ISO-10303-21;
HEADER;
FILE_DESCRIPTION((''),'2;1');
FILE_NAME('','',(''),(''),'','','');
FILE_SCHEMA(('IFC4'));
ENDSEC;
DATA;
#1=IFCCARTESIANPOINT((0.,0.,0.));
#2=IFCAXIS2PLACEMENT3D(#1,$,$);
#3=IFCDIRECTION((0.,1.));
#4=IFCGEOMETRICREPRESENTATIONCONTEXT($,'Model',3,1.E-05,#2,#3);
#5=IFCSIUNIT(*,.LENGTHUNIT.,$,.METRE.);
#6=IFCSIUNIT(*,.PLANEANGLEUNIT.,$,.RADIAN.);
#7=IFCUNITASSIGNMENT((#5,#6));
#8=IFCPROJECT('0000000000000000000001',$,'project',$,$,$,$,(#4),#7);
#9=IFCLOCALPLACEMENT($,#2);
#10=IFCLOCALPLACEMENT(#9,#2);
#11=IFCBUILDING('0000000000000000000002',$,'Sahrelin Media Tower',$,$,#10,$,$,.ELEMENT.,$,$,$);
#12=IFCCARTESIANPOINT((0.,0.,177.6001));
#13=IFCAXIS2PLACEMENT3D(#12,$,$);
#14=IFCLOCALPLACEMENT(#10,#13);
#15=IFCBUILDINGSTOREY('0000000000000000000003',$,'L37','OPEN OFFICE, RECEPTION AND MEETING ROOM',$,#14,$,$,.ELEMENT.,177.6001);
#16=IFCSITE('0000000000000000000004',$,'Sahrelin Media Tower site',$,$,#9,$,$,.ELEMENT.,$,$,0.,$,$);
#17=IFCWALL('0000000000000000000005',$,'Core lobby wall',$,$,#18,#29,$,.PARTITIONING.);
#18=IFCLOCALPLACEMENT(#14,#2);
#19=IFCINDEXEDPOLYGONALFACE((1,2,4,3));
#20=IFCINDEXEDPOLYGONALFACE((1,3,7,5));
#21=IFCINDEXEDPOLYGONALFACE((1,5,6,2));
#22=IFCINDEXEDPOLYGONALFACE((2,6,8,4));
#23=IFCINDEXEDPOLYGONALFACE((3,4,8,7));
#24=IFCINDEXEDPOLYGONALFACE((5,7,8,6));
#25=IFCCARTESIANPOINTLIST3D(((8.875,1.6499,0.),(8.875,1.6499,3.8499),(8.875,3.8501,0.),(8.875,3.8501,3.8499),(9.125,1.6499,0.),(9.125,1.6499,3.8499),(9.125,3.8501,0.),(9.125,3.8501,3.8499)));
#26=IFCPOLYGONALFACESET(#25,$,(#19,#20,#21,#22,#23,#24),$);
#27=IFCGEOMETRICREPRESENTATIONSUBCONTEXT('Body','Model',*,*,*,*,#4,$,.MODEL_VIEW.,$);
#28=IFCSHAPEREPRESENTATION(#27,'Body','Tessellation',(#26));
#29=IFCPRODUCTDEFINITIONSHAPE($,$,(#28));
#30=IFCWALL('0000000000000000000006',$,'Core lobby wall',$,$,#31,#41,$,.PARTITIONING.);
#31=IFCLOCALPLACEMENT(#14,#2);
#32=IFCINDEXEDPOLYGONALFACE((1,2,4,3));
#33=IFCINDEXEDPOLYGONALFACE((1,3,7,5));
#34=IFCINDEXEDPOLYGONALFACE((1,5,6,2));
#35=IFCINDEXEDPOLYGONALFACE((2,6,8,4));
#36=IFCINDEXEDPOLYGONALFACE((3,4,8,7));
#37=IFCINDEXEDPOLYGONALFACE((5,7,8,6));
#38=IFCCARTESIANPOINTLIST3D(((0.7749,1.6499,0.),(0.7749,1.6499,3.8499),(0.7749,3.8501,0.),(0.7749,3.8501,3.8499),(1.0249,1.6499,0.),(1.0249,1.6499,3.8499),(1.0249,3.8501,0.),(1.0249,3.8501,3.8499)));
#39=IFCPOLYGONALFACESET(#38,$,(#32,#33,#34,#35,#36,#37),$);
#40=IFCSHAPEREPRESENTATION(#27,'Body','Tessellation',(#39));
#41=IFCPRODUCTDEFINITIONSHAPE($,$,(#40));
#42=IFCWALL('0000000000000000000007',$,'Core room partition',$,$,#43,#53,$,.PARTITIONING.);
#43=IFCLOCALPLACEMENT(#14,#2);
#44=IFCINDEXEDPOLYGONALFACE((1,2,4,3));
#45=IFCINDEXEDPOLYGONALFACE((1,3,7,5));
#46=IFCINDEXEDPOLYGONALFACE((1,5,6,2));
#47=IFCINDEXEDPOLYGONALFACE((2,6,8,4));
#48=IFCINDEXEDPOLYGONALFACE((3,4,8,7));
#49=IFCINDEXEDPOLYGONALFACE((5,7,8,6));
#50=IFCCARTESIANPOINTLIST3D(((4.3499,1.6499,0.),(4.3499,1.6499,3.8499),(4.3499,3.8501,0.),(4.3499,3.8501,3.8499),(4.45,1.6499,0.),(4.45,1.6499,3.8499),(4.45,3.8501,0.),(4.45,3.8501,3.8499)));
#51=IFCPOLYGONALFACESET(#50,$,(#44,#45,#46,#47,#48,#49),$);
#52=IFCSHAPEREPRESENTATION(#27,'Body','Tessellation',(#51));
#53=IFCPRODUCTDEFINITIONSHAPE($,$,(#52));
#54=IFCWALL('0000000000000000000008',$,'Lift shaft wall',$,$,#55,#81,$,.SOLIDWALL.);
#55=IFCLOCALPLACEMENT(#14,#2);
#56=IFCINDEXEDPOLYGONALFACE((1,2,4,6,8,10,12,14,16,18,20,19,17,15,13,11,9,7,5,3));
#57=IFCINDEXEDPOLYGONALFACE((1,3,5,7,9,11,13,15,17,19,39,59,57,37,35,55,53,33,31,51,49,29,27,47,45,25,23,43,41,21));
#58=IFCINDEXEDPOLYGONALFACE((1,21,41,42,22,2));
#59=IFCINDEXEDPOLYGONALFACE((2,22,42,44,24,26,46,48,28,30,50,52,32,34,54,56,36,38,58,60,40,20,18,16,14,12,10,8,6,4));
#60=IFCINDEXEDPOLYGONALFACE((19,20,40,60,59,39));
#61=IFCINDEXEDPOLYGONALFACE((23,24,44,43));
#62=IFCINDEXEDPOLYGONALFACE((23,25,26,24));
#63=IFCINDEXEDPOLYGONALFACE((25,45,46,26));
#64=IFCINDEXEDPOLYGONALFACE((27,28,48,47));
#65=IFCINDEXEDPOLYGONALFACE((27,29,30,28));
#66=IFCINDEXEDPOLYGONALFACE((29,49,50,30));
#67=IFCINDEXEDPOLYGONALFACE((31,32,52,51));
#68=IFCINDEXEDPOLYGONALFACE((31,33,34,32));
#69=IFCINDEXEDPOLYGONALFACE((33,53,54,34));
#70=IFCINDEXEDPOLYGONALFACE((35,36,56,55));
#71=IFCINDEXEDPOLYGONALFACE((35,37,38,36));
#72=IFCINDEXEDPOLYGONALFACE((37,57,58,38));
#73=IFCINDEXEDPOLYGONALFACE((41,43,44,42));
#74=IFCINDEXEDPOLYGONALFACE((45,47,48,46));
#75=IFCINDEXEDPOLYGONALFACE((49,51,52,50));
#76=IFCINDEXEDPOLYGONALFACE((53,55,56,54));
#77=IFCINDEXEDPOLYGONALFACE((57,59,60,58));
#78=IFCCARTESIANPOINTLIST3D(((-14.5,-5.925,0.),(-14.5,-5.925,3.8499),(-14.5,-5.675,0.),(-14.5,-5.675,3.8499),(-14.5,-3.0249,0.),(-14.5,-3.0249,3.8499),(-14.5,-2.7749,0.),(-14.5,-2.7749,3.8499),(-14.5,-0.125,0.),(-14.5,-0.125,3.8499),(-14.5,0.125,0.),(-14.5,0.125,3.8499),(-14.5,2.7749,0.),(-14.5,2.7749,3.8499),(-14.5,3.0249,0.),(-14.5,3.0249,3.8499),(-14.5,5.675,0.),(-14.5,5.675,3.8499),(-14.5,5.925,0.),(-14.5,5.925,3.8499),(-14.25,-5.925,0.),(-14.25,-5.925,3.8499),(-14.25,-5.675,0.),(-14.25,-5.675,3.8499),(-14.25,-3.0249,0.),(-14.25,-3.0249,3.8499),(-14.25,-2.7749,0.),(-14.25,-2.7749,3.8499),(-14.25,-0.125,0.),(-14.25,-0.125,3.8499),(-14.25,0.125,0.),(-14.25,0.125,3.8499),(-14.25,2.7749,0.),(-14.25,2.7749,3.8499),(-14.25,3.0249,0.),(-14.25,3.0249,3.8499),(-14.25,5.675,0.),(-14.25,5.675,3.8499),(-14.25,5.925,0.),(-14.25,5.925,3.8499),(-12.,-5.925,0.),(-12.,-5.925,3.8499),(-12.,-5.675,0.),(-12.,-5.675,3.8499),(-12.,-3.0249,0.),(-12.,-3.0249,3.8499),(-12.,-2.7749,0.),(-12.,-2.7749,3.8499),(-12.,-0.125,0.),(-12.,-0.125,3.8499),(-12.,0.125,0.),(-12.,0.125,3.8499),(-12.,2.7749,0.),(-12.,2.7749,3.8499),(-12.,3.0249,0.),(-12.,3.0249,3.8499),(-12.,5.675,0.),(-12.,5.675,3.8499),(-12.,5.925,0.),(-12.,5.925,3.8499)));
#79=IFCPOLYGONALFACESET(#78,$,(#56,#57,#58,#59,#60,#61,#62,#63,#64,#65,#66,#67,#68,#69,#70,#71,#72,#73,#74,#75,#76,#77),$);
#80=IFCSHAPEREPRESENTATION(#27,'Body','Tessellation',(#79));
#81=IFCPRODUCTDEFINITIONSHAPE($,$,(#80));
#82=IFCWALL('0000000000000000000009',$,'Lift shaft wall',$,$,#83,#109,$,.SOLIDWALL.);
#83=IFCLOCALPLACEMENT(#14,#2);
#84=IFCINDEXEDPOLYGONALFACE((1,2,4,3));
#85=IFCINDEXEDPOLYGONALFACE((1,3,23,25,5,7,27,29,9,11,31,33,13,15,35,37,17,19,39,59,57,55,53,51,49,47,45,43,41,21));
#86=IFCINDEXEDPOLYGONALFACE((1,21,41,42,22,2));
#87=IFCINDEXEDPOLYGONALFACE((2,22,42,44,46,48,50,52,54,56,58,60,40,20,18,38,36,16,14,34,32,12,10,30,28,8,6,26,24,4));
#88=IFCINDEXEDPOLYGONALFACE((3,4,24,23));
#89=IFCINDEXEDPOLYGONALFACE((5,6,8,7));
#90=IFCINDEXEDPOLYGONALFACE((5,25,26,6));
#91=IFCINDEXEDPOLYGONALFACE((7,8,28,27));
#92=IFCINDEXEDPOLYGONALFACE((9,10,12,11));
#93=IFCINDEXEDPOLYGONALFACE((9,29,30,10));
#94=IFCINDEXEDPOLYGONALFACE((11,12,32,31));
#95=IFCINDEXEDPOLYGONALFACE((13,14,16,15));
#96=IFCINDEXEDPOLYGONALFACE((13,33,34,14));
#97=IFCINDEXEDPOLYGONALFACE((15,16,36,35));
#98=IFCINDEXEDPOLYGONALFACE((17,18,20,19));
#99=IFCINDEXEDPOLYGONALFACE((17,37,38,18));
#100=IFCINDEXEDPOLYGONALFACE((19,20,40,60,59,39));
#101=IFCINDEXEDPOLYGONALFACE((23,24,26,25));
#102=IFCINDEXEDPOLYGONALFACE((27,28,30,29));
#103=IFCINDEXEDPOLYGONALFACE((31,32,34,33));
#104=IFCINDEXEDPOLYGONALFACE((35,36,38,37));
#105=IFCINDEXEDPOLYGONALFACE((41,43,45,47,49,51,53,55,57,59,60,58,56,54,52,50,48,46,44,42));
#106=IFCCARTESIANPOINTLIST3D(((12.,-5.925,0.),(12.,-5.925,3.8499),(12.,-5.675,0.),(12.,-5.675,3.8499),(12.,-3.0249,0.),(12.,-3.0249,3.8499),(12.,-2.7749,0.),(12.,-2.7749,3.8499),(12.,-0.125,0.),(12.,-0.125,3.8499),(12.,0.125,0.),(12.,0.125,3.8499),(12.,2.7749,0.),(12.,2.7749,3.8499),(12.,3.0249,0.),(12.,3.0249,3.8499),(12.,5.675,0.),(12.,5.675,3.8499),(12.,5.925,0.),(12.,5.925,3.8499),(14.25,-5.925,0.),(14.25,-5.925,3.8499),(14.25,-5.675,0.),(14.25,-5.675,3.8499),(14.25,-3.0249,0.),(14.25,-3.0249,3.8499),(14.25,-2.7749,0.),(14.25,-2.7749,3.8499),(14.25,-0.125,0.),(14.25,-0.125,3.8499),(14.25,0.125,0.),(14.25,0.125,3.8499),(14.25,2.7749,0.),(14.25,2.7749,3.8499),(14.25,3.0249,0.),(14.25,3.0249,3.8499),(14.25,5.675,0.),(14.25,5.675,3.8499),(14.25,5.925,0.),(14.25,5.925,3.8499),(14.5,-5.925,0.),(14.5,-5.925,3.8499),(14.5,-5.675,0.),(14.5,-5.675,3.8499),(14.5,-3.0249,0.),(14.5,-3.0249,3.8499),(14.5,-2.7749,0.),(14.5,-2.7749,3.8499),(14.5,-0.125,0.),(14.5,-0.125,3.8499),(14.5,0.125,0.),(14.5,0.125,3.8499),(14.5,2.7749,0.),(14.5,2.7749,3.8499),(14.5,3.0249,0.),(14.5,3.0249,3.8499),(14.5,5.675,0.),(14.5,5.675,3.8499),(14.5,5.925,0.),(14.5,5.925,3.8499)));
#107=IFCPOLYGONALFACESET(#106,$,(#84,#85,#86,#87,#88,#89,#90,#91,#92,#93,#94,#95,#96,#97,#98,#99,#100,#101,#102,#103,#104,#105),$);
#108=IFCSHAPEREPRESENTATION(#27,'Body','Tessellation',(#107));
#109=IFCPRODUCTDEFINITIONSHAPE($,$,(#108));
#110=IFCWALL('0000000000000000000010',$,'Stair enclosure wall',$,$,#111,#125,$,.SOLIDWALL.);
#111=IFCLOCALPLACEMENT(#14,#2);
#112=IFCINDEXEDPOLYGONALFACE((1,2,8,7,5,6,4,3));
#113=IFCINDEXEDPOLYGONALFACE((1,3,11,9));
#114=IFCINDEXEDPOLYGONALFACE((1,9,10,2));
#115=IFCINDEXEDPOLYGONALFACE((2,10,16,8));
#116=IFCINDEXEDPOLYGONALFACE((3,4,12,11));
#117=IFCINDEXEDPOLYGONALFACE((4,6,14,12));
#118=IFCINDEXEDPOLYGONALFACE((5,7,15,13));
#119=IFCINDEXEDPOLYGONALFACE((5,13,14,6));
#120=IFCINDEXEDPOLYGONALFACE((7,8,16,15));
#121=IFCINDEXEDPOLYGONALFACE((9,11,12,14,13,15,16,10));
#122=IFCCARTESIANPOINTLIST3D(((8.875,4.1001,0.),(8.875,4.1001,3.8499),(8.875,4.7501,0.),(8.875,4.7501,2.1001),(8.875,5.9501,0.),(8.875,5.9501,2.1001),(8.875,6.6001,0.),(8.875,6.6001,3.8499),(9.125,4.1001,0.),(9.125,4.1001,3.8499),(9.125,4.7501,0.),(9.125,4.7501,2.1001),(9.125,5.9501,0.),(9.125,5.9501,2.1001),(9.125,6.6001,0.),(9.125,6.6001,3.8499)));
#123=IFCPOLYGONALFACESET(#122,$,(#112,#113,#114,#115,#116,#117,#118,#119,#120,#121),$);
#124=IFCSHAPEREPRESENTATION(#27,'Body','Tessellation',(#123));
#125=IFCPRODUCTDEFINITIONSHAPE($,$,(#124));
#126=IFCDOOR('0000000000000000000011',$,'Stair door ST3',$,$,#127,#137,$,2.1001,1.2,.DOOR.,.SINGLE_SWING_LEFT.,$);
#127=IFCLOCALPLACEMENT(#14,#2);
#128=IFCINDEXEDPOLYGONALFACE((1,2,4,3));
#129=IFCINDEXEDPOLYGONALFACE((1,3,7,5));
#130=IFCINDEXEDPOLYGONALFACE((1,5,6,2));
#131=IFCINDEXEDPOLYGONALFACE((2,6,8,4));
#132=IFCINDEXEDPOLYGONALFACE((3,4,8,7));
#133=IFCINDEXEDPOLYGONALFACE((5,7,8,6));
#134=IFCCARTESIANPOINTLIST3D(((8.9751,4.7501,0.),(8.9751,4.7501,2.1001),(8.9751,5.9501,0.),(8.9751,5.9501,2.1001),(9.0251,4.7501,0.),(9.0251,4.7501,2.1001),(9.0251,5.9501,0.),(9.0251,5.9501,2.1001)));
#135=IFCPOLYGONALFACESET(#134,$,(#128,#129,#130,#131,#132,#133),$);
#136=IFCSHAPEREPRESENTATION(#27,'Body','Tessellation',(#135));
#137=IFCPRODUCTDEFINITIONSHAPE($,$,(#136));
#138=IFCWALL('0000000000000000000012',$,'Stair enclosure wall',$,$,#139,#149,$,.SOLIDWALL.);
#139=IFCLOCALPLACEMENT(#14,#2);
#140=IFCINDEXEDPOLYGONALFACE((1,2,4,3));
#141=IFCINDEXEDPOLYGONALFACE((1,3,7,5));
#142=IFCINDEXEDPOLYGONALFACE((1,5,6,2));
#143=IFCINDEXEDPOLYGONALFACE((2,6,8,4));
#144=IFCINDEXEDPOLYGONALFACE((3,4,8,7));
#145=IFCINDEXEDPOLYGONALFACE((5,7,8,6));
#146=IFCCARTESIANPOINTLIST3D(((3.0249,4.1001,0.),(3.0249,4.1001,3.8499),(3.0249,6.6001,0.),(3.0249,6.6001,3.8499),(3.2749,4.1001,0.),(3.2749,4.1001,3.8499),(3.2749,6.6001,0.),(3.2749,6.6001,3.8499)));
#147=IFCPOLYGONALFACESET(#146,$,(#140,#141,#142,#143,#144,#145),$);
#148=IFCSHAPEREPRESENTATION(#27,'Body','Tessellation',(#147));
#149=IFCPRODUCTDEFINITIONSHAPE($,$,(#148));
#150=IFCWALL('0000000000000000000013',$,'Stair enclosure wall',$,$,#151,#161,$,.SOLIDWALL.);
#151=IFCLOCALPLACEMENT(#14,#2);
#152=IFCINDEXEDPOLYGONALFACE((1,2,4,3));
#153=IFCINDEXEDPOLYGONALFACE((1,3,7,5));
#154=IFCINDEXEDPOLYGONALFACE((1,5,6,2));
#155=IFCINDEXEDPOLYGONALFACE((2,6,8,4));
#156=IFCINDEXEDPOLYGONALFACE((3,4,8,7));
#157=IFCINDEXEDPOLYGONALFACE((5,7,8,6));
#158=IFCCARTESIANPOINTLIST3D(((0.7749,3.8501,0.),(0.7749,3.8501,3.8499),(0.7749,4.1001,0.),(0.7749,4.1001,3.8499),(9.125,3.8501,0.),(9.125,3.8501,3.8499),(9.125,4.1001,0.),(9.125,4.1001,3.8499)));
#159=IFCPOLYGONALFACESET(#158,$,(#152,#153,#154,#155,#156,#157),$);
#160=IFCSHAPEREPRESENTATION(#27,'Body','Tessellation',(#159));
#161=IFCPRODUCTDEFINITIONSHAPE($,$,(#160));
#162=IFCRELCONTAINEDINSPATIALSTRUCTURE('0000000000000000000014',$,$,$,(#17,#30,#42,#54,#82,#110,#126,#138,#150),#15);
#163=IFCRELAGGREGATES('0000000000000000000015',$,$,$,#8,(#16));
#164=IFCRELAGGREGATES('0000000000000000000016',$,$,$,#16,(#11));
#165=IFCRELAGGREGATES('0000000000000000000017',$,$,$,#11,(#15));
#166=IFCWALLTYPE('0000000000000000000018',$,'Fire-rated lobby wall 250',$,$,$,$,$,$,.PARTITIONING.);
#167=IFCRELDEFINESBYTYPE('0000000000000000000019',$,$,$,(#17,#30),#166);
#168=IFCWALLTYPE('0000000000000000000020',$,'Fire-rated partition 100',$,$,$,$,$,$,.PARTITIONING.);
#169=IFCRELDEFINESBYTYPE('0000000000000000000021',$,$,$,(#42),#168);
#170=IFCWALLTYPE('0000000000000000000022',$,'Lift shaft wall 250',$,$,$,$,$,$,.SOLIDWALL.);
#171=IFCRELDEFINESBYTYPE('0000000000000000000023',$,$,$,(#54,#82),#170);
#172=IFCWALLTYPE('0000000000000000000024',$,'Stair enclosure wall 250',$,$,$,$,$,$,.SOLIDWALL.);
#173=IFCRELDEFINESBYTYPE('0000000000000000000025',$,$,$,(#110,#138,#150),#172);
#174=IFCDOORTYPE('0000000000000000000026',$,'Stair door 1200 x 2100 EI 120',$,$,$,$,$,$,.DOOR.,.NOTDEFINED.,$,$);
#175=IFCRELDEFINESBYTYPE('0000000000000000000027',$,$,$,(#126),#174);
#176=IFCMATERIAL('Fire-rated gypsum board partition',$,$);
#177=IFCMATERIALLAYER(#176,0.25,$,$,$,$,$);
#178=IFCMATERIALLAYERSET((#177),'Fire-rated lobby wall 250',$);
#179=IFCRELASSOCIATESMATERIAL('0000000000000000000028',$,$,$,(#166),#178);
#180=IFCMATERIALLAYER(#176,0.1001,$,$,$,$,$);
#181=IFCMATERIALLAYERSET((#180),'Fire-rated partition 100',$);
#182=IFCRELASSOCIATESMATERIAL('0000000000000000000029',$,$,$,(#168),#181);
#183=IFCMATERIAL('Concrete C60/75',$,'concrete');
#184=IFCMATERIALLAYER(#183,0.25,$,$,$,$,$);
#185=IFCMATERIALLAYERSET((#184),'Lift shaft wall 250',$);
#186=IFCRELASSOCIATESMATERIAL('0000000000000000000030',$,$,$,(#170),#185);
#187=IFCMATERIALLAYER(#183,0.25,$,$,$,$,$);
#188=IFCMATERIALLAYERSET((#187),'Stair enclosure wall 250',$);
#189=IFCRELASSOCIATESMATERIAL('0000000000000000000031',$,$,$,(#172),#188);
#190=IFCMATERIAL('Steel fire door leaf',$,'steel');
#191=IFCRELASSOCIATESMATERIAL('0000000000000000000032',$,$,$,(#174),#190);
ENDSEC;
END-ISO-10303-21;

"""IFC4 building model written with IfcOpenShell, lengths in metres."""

from ifc_helpers import new_model, si_unit, direction, frame, frame_2d, origin, place, context, subcontext, project, spatial, polyline, rectangle, outline, extrude, material, layer, layer_set, type_object, element, fill, save


model = new_model("IFC4")

# Units and contexts
model_context = context("Model", 3, precision=1e-05, world=origin(), true_north=direction((0.0, 1.0)))
body_context = subcontext(model_context, "Body", "Model", "MODEL_VIEW")
ifc_project = project(units=[si_unit("LENGTHUNIT", "METRE"), si_unit("PLANEANGLEUNIT", "RADIAN")], contexts=[model_context])

# Site, building, storey
site_placement = place(None, origin())
site = spatial("IfcSite", under=ifc_project, at=site_placement, Name="Sahrelin Media Tower site", CompositionType="ELEMENT", RefElevation=0.0)
building_placement = place(site_placement, origin())
building = spatial("IfcBuilding", under=site, at=building_placement, Name="Sahrelin Media Tower", CompositionType="ELEMENT")
storey_placement = place(building_placement, frame((0.0, 0.0, 177.6001)))
storey = spatial("IfcBuildingStorey", under=building, at=storey_placement, Name="L37", Description="OPEN OFFICE, RECEPTION AND MEETING ROOM", CompositionType="ELEMENT", Elevation=177.6001)

# Shared definitions
ifc_material_1 = material(Name="Fire-rated gypsum board partition")
ifc_layer_1 = layer(ifc_material_1, 0.25)
ifc_layer_set_1 = layer_set([ifc_layer_1], Name="Fire-rated lobby wall 250")
wall_type_1 = type_object("IfcWallType", Name="Fire-rated lobby wall 250", PredefinedType="PARTITIONING", material=ifc_layer_set_1)
ifc_material_2 = material(Name="Steel fire door leaf", Category="steel")

# Walls
for number, where, z_axis, x_axis, name in (
    (1, (9.0, 1.6499, 0.0), (0.0, 0.0, 1.0), (0.0, 1.0, 0.0), "Core lobby wall"),
    (2, (0.8999, 1.6499, 0.0), (0.0, 0.0, 1.0), (0.0, 1.0, 0.0), "Core lobby wall"),
):
    element("IfcWall", number, at=place(storey_placement, frame(where, z_axis=z_axis, x_axis=x_axis)), inside=storey, type_object=wall_type_1, Name=name, PredefinedType="PARTITIONING", context=body_context, shape_type="SweptSolid", body=[
        extrude(rectangle(XDim=2.2002, YDim=0.25, at=frame_2d((1.1001, 0.0))), origin(), (0.0, 0.0, 1.0), 3.8499),
    ])
ifc_layer_2 = layer(ifc_material_1, 0.1001)
ifc_layer_set_2 = layer_set([ifc_layer_2], Name="Fire-rated partition 100")
wall_type_2 = type_object("IfcWallType", Name="Fire-rated partition 100", PredefinedType="PARTITIONING", material=ifc_layer_set_2)
wall_1_placement = place(storey_placement, frame((4.3999, 1.6499, 0.0), z_axis=(0.0, 0.0, 1.0), x_axis=(0.0, 1.0, 0.0)))
element("IfcWall", 3, at=wall_1_placement, inside=storey, type_object=wall_type_2, Name="Core room partition", PredefinedType="PARTITIONING", context=body_context, shape_type="SweptSolid", body=[
    extrude(rectangle(XDim=2.2002, YDim=0.1001, at=frame_2d((1.1001, 0.0))), origin(), (0.0, 0.0, 1.0), 3.8499),
])
ifc_material_3 = material(Name="Concrete C60/75", Category="concrete")
ifc_layer_3 = layer(ifc_material_3, 0.25)
ifc_layer_set_3 = layer_set([ifc_layer_3], Name="Lift shaft wall 250")
wall_type_3 = type_object("IfcWallType", Name="Lift shaft wall 250", PredefinedType="SOLIDWALL", material=ifc_layer_set_3)
placement = place(storey_placement, origin())
element("IfcWall", 4, at=placement, inside=storey, type_object=wall_type_3, Name="Lift shaft wall", PredefinedType="SOLIDWALL", context=body_context, shape_type="SweptSolid", body=[
    extrude(outline(polyline([(-12.0, -5.925), (-12.0, -5.675), (-14.25, -5.675), (-14.25, -3.0249), (-12.0, -3.0249), (-12.0, -2.7749), (-14.25, -2.7749), (-14.25, -0.125), (-12.0, -0.125), (-12.0, 0.125), (-14.25, 0.125), (-14.25, 2.7749), (-12.0, 2.7749), (-12.0, 3.0249), (-14.25, 3.0249), (-14.25, 5.675), (-12.0, 5.675), (-12.0, 5.925), (-14.25, 5.925), (-14.5, 5.925), (-14.5, 5.675), (-14.5, 3.0249), (-14.5, 2.7749), (-14.5, 0.125), (-14.5, -0.125), (-14.5, -2.7749), (-14.5, -3.0249), (-14.5, -5.675), (-14.5, -5.925), (-14.25, -5.925), (-12.0, -5.925)])), origin(), (0.0, 0.0, 1.0), 3.8499),
])
element("IfcWall", 5, at=placement, inside=storey, type_object=wall_type_3, Name="Lift shaft wall", PredefinedType="SOLIDWALL", context=body_context, shape_type="SweptSolid", body=[
    extrude(outline(polyline([(12.0, -5.675), (12.0, -5.925), (14.25, -5.925), (14.5, -5.925), (14.5, -5.675), (14.5, -3.0249), (14.5, -2.7749), (14.5, -0.125), (14.5, 0.125), (14.5, 2.7749), (14.5, 3.0249), (14.5, 5.675), (14.5, 5.925), (14.25, 5.925), (12.0, 5.925), (12.0, 5.675), (14.25, 5.675), (14.25, 3.0249), (12.0, 3.0249), (12.0, 2.7749), (14.25, 2.7749), (14.25, 0.125), (12.0, 0.125), (12.0, -0.125), (14.25, -0.125), (14.25, -2.7749), (12.0, -2.7749), (12.0, -3.0249), (14.25, -3.0249), (14.25, -5.675), (12.0, -5.675)])), origin(), (0.0, 0.0, 1.0), 3.8499),
])

# Wall, opening, door
ifc_layer_4 = layer(ifc_material_3, 0.25)
ifc_layer_set_4 = layer_set([ifc_layer_4], Name="Stair enclosure wall 250")
wall_type_4 = type_object("IfcWallType", Name="Stair enclosure wall 250", PredefinedType="SOLIDWALL", material=ifc_layer_set_4)
wall_2_placement = place(storey_placement, frame((9.0, 4.1001, 0.0), z_axis=(0.0, 0.0, 1.0), x_axis=(0.0, 1.0, 0.0)))
wall_2 = element("IfcWall", 6, at=wall_2_placement, inside=storey, type_object=wall_type_4, Name="Stair enclosure wall", PredefinedType="SOLIDWALL", context=body_context, shape_type="SweptSolid", body=[
    extrude(rectangle(XDim=2.5, YDim=0.25, at=frame_2d((1.25, 0.0))), origin(), (0.0, 0.0, 1.0), 3.8499),
])
opening_1_placement = place(wall_2_placement, frame((0.6499, 0.0, 0.0)))
opening_1 = element("IfcOpeningElement", 7, at=opening_1_placement, cuts=wall_2, PredefinedType="OPENING", context=body_context, shape_type="SweptSolid", body=[
    extrude(rectangle(XDim=1.2, YDim=2.1001, at=frame_2d((0.6001, 1.05))), frame((0.0, 0.125, 0.0), z_axis=(0.0, -1.0, 0.0), x_axis=(1.0, 0.0, 0.0)), (0.0, 0.0, 1.0), 0.25),
])
door_type_1 = type_object("IfcDoorType", Name="Stair door 1200 x 2100 EI 120", OperationType="NOTDEFINED", PredefinedType="DOOR", material=ifc_material_2)
door_1_placement = place(opening_1_placement, origin())
door_1 = element("IfcDoor", 8, at=door_1_placement, inside=storey, type_object=door_type_1, Name="Stair door ST3", OperationType="SINGLE_SWING_LEFT", OverallHeight=2.1001, OverallWidth=1.2, PredefinedType="DOOR", context=body_context, shape_type="SweptSolid", body=[
    extrude(rectangle(XDim=1.2, YDim=2.1001, at=frame_2d((0.6001, 1.05))), frame((0.0, 0.0249, 0.0), z_axis=(0.0, -1.0, 0.0), x_axis=(1.0, 0.0, 0.0)), (0.0, 0.0, 1.0), 0.05),
])
fill(opening_1, door_1)

# Walls
wall_3_placement = place(storey_placement, frame((3.1499, 4.1001, 0.0), z_axis=(0.0, 0.0, 1.0), x_axis=(0.0, 1.0, 0.0)))
element("IfcWall", 9, at=wall_3_placement, inside=storey, type_object=wall_type_4, Name="Stair enclosure wall", PredefinedType="SOLIDWALL", context=body_context, shape_type="SweptSolid", body=[
    extrude(rectangle(XDim=2.5, YDim=0.25, at=frame_2d((1.25, 0.0))), origin(), (0.0, 0.0, 1.0), 3.8499),
])
wall_4_placement = place(storey_placement, frame((0.7749, 3.9751, 0.0), z_axis=(0.0, 0.0, 1.0), x_axis=(1.0, 0.0, 0.0)))
element("IfcWall", 10, at=wall_4_placement, inside=storey, type_object=wall_type_4, Name="Stair enclosure wall", PredefinedType="SOLIDWALL", context=body_context, shape_type="SweptSolid", body=[
    extrude(rectangle(XDim=8.3501, YDim=0.25, at=frame_2d((4.175, 0.0))), origin(), (0.0, 0.0, 1.0), 3.8499),
])

save(model, "model.ifc")
